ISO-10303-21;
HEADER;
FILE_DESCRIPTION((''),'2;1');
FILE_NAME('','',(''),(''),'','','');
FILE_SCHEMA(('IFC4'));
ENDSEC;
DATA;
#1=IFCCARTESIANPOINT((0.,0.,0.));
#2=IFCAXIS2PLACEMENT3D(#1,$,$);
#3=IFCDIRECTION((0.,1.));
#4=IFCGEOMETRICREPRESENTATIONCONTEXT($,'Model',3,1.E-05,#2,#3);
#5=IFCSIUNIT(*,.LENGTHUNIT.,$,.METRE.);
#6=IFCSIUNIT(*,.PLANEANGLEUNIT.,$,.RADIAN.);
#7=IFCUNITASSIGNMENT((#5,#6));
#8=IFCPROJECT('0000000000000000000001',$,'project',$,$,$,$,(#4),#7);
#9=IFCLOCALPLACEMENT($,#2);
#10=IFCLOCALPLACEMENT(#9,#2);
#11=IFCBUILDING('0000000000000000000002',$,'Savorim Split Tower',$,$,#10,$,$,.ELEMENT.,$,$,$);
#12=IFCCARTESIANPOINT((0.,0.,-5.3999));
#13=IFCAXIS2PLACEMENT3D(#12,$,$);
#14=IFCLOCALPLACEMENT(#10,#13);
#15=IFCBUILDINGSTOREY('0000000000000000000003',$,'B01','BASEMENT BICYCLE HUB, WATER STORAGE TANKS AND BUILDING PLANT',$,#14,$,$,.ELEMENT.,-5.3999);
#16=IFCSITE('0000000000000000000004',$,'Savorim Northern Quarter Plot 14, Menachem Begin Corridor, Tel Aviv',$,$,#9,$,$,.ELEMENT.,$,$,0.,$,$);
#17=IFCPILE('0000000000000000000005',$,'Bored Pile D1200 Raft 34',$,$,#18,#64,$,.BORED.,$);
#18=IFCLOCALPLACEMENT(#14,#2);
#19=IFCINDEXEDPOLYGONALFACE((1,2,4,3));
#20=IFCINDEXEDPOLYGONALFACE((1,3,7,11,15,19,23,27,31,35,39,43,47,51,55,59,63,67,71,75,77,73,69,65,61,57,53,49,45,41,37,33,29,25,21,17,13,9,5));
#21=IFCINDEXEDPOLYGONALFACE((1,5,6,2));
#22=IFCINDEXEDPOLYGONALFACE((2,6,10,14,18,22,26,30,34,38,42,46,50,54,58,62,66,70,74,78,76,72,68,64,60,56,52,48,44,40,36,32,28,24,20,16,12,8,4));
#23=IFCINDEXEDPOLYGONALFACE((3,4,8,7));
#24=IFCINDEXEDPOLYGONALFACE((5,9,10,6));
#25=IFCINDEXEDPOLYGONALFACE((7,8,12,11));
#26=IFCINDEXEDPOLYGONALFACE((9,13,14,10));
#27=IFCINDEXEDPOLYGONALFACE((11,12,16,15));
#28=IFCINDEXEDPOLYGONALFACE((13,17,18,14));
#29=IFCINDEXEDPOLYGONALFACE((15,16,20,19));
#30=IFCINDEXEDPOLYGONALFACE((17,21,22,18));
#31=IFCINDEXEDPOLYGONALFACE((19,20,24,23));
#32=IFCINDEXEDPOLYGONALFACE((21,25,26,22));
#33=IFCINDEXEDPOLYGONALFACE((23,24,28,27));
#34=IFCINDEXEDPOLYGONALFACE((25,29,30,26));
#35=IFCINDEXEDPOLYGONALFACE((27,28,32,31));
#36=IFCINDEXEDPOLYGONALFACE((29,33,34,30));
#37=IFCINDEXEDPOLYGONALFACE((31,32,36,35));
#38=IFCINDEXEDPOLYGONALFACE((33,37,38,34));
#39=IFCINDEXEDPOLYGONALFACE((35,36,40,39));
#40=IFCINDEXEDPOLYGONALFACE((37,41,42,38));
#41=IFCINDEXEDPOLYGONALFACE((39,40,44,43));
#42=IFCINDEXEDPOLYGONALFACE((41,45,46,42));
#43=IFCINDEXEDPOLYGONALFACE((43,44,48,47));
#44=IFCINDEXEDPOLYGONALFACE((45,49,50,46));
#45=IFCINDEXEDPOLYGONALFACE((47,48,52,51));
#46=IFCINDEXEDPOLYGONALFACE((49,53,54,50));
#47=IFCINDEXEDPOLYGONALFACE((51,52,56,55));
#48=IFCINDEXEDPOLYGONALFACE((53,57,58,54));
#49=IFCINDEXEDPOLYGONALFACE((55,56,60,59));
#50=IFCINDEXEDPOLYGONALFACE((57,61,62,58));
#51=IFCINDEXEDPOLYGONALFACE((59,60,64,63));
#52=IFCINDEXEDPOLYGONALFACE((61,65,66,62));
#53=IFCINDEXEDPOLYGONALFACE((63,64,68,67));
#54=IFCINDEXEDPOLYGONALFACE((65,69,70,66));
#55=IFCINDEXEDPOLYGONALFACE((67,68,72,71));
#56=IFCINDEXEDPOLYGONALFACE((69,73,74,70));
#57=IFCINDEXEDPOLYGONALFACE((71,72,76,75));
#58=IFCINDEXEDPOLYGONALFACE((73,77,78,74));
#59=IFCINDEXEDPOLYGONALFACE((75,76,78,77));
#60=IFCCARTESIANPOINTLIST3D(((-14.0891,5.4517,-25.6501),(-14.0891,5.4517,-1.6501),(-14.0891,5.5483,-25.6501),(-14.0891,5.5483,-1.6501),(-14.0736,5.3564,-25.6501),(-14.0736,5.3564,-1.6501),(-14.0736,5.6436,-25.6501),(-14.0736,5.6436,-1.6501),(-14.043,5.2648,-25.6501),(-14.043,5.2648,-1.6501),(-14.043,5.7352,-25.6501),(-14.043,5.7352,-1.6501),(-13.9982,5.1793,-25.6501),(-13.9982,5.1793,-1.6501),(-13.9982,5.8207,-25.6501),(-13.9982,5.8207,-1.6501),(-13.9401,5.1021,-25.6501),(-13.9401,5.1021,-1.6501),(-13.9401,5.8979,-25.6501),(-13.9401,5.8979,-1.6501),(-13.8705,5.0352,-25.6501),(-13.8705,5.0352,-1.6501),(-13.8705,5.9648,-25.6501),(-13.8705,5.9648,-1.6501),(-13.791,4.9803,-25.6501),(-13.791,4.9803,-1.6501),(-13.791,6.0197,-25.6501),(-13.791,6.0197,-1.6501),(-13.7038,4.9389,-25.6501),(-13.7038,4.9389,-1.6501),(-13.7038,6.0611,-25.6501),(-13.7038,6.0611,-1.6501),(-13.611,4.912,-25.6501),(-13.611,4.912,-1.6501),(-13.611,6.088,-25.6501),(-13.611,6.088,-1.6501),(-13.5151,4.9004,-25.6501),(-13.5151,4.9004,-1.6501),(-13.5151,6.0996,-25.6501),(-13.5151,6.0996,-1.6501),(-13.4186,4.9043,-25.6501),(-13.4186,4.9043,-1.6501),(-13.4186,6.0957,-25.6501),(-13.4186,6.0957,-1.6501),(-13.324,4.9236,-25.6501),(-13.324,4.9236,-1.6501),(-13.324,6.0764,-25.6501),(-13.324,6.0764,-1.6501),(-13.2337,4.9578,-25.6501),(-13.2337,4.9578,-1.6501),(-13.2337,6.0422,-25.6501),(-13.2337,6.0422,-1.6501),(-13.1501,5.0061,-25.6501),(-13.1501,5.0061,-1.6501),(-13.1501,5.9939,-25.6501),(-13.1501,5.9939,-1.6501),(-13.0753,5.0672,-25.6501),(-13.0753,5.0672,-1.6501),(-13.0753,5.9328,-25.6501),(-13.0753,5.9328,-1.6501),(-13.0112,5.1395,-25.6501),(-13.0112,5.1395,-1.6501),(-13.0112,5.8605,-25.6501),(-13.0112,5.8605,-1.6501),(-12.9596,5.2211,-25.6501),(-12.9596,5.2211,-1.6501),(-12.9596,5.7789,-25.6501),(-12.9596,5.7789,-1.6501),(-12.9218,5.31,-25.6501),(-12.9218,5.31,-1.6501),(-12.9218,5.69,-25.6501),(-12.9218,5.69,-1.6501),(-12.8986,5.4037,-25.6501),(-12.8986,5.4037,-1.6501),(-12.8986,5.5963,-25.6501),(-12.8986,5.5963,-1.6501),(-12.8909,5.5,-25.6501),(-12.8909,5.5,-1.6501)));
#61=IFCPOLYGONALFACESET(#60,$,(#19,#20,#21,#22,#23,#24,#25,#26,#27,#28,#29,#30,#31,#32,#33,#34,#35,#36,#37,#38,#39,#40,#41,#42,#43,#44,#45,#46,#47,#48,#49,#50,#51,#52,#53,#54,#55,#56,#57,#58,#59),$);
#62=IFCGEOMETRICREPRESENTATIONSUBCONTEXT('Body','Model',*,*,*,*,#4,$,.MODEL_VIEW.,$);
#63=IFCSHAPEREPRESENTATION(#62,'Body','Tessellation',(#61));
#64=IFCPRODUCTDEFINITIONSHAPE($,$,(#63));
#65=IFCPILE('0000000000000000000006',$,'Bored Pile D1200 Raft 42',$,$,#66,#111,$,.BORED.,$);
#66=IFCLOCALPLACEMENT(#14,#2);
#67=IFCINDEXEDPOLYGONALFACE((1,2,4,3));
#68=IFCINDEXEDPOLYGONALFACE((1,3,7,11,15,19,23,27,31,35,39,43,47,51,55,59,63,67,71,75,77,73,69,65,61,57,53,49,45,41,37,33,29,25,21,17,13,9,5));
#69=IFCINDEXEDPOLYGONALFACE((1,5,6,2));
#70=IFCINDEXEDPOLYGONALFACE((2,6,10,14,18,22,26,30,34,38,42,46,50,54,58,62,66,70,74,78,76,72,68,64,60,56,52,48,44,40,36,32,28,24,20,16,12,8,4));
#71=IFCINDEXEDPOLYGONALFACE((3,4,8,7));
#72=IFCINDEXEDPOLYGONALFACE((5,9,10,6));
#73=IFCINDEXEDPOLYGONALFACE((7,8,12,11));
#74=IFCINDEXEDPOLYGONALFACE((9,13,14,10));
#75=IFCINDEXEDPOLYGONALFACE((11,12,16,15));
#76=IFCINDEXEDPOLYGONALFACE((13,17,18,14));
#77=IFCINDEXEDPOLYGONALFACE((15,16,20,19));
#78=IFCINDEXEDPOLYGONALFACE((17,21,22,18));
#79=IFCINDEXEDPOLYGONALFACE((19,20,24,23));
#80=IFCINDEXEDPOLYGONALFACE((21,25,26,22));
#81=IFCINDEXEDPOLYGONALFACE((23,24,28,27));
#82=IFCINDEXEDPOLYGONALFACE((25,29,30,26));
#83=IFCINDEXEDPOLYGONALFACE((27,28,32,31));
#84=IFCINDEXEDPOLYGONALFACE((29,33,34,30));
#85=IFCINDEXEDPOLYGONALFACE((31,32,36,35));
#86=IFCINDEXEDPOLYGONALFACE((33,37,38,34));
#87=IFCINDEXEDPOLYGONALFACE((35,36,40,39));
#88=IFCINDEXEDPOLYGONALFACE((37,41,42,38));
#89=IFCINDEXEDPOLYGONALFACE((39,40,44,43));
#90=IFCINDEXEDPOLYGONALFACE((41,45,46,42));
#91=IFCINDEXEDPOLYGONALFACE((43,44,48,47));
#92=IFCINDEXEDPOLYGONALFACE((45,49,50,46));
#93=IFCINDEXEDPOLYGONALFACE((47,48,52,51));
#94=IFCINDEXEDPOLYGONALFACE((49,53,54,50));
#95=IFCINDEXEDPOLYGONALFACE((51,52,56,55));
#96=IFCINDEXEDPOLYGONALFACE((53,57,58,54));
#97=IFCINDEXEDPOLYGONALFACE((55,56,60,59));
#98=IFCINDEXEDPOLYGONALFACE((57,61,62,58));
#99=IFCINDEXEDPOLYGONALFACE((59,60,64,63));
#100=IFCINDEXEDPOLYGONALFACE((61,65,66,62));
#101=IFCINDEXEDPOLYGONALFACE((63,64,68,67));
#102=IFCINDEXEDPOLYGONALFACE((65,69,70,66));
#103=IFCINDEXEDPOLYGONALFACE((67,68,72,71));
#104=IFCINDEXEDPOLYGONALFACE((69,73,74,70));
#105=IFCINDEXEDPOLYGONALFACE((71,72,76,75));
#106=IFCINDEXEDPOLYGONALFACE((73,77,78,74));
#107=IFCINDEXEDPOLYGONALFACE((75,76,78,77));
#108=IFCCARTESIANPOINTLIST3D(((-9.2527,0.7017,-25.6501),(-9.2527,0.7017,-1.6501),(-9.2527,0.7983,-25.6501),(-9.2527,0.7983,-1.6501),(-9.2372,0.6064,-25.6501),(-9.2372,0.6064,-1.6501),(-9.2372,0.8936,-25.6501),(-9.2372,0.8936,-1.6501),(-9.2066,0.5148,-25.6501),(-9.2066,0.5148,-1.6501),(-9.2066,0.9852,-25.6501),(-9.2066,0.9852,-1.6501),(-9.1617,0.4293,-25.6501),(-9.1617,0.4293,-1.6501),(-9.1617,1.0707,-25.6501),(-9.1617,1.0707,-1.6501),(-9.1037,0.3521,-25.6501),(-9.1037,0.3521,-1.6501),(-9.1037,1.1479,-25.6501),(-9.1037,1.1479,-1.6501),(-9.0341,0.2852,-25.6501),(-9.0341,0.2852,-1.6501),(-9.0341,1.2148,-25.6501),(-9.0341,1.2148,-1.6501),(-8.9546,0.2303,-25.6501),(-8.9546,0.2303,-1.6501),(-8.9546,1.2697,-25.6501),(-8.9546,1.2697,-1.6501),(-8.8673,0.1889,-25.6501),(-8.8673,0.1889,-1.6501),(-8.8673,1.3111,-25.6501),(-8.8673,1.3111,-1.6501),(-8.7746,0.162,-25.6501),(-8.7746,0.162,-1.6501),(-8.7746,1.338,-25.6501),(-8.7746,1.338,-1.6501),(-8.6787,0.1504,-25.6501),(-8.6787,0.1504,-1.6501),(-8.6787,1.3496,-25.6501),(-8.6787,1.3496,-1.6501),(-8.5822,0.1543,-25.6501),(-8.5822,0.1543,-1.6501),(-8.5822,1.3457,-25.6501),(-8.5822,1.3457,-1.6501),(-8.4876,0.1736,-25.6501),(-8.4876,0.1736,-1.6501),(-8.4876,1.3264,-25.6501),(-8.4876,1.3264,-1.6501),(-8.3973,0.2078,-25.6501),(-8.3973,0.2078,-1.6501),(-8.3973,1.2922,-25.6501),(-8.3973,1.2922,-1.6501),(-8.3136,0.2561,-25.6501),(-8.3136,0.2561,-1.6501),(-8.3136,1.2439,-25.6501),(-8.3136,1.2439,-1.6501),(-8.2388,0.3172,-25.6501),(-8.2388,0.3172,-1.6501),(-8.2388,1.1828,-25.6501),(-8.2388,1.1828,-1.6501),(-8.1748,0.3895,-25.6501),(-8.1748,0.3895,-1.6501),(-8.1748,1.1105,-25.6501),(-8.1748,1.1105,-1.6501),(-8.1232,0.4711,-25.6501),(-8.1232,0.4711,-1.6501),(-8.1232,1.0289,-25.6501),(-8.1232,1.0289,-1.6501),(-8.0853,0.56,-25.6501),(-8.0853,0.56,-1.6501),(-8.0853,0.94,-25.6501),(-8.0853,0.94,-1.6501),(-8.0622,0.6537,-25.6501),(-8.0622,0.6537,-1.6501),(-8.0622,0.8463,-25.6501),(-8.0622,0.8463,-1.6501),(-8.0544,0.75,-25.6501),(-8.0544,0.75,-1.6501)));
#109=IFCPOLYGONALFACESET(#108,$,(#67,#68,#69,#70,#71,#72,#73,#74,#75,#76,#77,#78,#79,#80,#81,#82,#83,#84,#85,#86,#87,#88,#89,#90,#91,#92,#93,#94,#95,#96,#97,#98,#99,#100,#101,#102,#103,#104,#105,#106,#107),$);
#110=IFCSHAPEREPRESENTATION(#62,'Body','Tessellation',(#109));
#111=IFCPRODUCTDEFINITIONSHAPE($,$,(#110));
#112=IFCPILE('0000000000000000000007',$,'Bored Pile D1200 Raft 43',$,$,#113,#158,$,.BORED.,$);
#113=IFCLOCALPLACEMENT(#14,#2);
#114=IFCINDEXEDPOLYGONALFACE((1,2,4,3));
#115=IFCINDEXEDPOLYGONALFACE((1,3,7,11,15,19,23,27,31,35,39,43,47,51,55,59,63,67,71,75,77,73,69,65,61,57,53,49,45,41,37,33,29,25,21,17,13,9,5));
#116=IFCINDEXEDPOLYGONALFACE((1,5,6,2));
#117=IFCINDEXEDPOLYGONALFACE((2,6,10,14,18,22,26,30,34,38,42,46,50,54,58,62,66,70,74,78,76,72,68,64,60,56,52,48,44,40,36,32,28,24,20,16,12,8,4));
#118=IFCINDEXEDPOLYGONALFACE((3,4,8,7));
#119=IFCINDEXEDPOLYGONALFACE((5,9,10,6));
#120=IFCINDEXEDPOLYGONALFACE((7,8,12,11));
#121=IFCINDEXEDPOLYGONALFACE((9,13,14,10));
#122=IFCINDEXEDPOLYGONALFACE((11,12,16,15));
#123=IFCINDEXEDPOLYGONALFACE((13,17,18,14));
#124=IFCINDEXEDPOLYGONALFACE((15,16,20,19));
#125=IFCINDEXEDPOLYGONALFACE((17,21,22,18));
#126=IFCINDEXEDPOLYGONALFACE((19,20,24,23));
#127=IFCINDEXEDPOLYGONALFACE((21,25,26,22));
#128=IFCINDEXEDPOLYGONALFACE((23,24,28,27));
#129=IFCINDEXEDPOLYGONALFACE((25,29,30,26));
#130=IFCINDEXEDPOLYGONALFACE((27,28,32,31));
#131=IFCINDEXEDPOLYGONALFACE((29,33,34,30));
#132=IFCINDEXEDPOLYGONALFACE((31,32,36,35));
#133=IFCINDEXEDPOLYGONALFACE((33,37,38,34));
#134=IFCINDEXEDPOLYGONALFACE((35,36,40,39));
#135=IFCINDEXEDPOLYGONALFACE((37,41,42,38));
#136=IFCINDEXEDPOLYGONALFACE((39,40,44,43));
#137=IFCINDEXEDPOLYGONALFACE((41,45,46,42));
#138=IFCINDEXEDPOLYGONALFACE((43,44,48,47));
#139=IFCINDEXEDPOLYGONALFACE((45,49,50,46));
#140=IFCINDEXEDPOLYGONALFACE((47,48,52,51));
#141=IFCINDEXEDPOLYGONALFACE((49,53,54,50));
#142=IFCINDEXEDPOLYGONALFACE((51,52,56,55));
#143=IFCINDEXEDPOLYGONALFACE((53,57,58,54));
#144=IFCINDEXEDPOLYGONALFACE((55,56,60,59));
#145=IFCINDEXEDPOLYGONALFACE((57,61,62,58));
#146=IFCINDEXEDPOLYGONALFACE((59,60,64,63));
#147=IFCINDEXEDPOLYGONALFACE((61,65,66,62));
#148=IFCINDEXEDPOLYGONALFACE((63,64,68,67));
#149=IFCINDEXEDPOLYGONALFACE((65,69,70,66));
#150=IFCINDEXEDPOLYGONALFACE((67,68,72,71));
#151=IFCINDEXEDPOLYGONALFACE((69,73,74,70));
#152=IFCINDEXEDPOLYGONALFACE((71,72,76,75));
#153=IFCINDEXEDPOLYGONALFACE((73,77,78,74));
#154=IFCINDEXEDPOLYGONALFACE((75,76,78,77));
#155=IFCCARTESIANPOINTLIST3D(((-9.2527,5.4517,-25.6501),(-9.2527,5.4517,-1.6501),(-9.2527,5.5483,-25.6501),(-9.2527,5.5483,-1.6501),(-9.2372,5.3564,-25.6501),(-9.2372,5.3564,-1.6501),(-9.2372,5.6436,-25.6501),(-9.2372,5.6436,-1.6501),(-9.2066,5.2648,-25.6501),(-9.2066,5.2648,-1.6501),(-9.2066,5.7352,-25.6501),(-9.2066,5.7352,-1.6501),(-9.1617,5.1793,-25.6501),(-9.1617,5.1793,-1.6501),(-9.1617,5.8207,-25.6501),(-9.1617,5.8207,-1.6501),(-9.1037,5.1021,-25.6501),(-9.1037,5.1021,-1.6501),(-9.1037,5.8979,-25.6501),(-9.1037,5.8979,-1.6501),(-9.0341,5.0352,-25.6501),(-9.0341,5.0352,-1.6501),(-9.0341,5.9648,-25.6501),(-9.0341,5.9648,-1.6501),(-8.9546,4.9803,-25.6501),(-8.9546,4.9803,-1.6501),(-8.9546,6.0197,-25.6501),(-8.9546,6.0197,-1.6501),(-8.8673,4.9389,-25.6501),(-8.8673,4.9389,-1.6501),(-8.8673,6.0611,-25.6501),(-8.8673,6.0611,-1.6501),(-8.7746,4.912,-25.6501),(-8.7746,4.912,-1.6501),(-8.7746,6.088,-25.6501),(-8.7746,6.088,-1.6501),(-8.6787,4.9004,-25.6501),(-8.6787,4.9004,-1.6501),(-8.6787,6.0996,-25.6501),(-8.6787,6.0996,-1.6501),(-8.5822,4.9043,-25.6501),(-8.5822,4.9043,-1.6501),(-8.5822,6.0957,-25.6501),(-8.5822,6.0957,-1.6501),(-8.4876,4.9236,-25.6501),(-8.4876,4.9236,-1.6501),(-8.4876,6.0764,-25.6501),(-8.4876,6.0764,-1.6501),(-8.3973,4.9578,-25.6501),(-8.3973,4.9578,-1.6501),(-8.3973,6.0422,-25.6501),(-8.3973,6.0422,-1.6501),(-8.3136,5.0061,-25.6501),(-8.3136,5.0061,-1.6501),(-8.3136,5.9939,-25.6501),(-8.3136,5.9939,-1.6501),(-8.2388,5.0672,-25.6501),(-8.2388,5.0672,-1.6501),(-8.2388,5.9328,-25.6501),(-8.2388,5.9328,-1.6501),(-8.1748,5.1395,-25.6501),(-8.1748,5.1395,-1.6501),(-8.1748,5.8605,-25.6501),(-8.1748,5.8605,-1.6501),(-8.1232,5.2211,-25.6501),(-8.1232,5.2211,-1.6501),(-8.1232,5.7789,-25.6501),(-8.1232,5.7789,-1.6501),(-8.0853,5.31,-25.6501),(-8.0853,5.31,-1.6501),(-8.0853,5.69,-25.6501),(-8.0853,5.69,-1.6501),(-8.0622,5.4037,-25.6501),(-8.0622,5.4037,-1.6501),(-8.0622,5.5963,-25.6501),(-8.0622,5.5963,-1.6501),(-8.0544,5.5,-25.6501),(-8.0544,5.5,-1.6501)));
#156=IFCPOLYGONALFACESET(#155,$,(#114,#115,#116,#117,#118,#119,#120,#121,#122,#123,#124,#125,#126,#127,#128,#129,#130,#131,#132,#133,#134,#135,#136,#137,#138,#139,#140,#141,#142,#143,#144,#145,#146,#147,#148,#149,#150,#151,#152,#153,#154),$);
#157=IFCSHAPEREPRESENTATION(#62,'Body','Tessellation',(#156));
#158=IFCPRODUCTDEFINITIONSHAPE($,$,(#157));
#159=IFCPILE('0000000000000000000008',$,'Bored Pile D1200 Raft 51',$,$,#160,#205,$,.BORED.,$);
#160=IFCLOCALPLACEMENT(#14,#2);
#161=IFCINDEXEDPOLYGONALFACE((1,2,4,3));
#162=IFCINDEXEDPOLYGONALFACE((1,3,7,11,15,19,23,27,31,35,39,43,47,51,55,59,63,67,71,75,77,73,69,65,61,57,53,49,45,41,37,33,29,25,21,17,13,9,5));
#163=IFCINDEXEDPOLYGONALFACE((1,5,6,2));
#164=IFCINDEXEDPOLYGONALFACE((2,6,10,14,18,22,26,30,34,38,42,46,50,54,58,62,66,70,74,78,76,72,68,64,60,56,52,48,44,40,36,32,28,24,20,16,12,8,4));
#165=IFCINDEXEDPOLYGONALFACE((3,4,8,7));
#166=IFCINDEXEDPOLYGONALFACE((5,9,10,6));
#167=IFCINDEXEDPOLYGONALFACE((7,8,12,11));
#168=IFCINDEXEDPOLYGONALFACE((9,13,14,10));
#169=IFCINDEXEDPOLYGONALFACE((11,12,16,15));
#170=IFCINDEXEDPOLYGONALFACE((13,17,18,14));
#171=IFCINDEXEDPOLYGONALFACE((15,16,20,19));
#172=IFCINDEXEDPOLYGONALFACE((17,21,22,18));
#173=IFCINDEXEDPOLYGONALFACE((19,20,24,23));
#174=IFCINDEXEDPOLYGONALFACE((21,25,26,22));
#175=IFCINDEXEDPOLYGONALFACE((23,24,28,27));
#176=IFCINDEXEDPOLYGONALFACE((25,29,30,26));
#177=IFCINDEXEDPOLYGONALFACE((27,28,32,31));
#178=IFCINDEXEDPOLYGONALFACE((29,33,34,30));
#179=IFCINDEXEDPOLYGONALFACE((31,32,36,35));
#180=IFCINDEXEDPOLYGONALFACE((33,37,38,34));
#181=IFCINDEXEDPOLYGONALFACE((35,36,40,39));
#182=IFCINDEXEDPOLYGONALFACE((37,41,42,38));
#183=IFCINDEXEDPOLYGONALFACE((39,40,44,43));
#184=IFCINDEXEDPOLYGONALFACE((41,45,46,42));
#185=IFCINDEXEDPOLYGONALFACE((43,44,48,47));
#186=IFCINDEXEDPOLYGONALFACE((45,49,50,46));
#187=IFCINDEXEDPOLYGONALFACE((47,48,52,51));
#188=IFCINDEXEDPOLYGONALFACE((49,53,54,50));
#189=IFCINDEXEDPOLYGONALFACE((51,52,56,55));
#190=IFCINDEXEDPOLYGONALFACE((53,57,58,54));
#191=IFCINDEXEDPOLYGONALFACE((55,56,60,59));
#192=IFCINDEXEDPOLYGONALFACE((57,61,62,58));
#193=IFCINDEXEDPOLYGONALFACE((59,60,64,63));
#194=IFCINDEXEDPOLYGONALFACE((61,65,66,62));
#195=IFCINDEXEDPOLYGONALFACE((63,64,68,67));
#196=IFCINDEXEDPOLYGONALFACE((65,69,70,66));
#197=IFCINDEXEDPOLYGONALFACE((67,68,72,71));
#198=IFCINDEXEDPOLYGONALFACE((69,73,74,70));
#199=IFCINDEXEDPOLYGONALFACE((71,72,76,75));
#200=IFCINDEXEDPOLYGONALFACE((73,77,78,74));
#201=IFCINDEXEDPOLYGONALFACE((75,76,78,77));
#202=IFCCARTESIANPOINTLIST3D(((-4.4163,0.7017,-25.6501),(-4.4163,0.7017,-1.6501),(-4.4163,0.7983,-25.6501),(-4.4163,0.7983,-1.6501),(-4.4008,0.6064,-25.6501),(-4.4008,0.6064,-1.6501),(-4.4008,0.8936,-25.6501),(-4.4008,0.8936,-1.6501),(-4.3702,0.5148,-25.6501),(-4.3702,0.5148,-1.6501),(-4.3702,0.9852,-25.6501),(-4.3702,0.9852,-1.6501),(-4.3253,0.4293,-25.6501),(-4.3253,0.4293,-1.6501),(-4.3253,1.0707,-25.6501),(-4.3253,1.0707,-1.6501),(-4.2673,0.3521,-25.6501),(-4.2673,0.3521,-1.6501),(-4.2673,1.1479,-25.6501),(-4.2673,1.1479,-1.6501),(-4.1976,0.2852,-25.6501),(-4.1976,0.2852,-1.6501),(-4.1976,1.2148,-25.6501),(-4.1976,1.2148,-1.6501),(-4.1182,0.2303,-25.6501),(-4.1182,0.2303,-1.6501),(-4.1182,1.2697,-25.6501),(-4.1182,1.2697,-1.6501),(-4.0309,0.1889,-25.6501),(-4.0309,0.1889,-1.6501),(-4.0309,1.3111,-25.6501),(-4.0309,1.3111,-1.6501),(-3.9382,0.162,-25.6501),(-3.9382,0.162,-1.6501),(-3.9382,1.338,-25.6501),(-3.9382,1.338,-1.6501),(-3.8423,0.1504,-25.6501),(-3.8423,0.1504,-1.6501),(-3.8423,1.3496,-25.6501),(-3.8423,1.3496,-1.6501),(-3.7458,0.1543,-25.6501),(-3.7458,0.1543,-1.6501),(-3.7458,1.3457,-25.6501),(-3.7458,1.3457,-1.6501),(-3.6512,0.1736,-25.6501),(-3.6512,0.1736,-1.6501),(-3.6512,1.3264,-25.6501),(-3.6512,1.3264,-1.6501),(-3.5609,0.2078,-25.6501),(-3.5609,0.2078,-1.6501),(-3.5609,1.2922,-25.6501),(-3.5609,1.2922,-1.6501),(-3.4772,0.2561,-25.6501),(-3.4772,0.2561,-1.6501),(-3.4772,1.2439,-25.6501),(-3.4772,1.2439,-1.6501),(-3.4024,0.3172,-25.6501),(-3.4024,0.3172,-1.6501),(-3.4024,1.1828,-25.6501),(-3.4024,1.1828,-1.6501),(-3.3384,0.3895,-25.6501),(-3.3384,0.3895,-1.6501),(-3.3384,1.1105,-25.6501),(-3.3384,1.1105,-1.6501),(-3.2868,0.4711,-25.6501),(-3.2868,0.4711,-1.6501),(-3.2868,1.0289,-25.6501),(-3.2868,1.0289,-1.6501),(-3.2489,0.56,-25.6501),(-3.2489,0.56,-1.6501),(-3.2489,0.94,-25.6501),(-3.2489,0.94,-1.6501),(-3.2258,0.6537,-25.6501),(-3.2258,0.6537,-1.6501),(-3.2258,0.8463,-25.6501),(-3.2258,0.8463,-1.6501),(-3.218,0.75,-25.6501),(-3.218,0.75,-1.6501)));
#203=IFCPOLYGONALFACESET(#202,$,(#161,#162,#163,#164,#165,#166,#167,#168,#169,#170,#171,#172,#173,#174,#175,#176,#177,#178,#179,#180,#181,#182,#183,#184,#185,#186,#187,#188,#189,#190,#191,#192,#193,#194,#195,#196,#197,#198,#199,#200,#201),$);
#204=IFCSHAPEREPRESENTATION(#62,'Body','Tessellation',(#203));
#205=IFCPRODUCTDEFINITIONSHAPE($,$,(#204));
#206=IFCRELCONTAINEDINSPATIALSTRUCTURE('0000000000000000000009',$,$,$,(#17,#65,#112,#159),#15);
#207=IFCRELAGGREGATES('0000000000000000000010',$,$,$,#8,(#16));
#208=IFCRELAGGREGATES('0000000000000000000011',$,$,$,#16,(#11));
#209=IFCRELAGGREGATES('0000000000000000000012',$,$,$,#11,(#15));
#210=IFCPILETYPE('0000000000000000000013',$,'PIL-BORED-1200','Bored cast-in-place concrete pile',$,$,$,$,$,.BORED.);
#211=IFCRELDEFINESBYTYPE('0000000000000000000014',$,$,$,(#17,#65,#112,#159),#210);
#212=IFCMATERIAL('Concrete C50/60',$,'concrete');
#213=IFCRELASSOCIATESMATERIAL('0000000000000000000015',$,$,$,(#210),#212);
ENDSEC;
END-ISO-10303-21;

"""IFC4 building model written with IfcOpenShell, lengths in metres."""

from ifc_helpers import new_model, si_unit, direction, frame, origin, origin_2d, place, context, subcontext, project, spatial, circle, extrude, material, material_profile, profile_set, type_object, element, save


model = new_model("IFC4")

# Units and contexts
model_context = context("Model", 3, precision=1e-05, world=origin(), true_north=direction((0.0, 1.0)))
body_context = subcontext(model_context, "Body", "Model", "MODEL_VIEW")
ifc_project = project(units=[si_unit("LENGTHUNIT", "METRE"), si_unit("PLANEANGLEUNIT", "RADIAN")], contexts=[model_context])

# Site, building, storey
site_placement = place(None, origin())
site = spatial("IfcSite", under=ifc_project, at=site_placement, Name="Savorim Northern Quarter Plot 14, Menachem Begin Corridor, Tel Aviv", CompositionType="ELEMENT", RefElevation=0.0)
building_placement = place(site_placement, origin())
building = spatial("IfcBuilding", under=site, at=building_placement, Name="Savorim Split Tower", CompositionType="ELEMENT")
storey_placement = place(building_placement, frame((0.0, 0.0, -5.3999)))
storey = spatial("IfcBuildingStorey", under=building, at=storey_placement, Name="B01", Description="BASEMENT BICYCLE HUB, WATER STORAGE TANKS AND BUILDING PLANT", CompositionType="ELEMENT", Elevation=-5.3999)

# Piles
ifc_material_1 = material(Name="Concrete C50/60", Category="concrete")
ifc_material_profile_1 = material_profile(ifc_material_1, circle(Radius=0.6001, at=origin_2d()), Name="PILE D1200")
ifc_profile_set_1 = profile_set([ifc_material_profile_1], Name="Concrete C50/60")
pile_type = type_object("IfcPileType", Name="PIL-BORED-1200", Description="Bored cast-in-place concrete pile", PredefinedType="BORED", material=ifc_profile_set_1)
for number, where, z_axis, x_axis, name in (
    (1, (-13.491, 5.5, -1.6501), (0.0, 0.0, -1.0), (1.0, 0.0, 0.0), "Bored Pile D1200 Raft 34"),
    (2, (-8.6545, 0.75, -1.6501), (0.0, 0.0, -1.0), (1.0, 0.0, 0.0), "Bored Pile D1200 Raft 42"),
    (3, (-8.6545, 5.5, -1.6501), (0.0, 0.0, -1.0), (1.0, 0.0, 0.0), "Bored Pile D1200 Raft 43"),
    (4, (-3.8181, 0.75, -1.6501), (0.0, 0.0, -1.0), (1.0, 0.0, 0.0), "Bored Pile D1200 Raft 51"),
):
    element("IfcPile", number, at=place(storey_placement, frame(where, z_axis=z_axis, x_axis=x_axis)), inside=storey, type_object=pile_type, Name=name, PredefinedType="BORED", context=body_context, shape_type="SweptSolid", body=[
        extrude(circle(Radius=0.6001, at=origin_2d()), origin(), (0.0, 0.0, 1.0), 24.0),
    ])

save(model, "model.ifc")
